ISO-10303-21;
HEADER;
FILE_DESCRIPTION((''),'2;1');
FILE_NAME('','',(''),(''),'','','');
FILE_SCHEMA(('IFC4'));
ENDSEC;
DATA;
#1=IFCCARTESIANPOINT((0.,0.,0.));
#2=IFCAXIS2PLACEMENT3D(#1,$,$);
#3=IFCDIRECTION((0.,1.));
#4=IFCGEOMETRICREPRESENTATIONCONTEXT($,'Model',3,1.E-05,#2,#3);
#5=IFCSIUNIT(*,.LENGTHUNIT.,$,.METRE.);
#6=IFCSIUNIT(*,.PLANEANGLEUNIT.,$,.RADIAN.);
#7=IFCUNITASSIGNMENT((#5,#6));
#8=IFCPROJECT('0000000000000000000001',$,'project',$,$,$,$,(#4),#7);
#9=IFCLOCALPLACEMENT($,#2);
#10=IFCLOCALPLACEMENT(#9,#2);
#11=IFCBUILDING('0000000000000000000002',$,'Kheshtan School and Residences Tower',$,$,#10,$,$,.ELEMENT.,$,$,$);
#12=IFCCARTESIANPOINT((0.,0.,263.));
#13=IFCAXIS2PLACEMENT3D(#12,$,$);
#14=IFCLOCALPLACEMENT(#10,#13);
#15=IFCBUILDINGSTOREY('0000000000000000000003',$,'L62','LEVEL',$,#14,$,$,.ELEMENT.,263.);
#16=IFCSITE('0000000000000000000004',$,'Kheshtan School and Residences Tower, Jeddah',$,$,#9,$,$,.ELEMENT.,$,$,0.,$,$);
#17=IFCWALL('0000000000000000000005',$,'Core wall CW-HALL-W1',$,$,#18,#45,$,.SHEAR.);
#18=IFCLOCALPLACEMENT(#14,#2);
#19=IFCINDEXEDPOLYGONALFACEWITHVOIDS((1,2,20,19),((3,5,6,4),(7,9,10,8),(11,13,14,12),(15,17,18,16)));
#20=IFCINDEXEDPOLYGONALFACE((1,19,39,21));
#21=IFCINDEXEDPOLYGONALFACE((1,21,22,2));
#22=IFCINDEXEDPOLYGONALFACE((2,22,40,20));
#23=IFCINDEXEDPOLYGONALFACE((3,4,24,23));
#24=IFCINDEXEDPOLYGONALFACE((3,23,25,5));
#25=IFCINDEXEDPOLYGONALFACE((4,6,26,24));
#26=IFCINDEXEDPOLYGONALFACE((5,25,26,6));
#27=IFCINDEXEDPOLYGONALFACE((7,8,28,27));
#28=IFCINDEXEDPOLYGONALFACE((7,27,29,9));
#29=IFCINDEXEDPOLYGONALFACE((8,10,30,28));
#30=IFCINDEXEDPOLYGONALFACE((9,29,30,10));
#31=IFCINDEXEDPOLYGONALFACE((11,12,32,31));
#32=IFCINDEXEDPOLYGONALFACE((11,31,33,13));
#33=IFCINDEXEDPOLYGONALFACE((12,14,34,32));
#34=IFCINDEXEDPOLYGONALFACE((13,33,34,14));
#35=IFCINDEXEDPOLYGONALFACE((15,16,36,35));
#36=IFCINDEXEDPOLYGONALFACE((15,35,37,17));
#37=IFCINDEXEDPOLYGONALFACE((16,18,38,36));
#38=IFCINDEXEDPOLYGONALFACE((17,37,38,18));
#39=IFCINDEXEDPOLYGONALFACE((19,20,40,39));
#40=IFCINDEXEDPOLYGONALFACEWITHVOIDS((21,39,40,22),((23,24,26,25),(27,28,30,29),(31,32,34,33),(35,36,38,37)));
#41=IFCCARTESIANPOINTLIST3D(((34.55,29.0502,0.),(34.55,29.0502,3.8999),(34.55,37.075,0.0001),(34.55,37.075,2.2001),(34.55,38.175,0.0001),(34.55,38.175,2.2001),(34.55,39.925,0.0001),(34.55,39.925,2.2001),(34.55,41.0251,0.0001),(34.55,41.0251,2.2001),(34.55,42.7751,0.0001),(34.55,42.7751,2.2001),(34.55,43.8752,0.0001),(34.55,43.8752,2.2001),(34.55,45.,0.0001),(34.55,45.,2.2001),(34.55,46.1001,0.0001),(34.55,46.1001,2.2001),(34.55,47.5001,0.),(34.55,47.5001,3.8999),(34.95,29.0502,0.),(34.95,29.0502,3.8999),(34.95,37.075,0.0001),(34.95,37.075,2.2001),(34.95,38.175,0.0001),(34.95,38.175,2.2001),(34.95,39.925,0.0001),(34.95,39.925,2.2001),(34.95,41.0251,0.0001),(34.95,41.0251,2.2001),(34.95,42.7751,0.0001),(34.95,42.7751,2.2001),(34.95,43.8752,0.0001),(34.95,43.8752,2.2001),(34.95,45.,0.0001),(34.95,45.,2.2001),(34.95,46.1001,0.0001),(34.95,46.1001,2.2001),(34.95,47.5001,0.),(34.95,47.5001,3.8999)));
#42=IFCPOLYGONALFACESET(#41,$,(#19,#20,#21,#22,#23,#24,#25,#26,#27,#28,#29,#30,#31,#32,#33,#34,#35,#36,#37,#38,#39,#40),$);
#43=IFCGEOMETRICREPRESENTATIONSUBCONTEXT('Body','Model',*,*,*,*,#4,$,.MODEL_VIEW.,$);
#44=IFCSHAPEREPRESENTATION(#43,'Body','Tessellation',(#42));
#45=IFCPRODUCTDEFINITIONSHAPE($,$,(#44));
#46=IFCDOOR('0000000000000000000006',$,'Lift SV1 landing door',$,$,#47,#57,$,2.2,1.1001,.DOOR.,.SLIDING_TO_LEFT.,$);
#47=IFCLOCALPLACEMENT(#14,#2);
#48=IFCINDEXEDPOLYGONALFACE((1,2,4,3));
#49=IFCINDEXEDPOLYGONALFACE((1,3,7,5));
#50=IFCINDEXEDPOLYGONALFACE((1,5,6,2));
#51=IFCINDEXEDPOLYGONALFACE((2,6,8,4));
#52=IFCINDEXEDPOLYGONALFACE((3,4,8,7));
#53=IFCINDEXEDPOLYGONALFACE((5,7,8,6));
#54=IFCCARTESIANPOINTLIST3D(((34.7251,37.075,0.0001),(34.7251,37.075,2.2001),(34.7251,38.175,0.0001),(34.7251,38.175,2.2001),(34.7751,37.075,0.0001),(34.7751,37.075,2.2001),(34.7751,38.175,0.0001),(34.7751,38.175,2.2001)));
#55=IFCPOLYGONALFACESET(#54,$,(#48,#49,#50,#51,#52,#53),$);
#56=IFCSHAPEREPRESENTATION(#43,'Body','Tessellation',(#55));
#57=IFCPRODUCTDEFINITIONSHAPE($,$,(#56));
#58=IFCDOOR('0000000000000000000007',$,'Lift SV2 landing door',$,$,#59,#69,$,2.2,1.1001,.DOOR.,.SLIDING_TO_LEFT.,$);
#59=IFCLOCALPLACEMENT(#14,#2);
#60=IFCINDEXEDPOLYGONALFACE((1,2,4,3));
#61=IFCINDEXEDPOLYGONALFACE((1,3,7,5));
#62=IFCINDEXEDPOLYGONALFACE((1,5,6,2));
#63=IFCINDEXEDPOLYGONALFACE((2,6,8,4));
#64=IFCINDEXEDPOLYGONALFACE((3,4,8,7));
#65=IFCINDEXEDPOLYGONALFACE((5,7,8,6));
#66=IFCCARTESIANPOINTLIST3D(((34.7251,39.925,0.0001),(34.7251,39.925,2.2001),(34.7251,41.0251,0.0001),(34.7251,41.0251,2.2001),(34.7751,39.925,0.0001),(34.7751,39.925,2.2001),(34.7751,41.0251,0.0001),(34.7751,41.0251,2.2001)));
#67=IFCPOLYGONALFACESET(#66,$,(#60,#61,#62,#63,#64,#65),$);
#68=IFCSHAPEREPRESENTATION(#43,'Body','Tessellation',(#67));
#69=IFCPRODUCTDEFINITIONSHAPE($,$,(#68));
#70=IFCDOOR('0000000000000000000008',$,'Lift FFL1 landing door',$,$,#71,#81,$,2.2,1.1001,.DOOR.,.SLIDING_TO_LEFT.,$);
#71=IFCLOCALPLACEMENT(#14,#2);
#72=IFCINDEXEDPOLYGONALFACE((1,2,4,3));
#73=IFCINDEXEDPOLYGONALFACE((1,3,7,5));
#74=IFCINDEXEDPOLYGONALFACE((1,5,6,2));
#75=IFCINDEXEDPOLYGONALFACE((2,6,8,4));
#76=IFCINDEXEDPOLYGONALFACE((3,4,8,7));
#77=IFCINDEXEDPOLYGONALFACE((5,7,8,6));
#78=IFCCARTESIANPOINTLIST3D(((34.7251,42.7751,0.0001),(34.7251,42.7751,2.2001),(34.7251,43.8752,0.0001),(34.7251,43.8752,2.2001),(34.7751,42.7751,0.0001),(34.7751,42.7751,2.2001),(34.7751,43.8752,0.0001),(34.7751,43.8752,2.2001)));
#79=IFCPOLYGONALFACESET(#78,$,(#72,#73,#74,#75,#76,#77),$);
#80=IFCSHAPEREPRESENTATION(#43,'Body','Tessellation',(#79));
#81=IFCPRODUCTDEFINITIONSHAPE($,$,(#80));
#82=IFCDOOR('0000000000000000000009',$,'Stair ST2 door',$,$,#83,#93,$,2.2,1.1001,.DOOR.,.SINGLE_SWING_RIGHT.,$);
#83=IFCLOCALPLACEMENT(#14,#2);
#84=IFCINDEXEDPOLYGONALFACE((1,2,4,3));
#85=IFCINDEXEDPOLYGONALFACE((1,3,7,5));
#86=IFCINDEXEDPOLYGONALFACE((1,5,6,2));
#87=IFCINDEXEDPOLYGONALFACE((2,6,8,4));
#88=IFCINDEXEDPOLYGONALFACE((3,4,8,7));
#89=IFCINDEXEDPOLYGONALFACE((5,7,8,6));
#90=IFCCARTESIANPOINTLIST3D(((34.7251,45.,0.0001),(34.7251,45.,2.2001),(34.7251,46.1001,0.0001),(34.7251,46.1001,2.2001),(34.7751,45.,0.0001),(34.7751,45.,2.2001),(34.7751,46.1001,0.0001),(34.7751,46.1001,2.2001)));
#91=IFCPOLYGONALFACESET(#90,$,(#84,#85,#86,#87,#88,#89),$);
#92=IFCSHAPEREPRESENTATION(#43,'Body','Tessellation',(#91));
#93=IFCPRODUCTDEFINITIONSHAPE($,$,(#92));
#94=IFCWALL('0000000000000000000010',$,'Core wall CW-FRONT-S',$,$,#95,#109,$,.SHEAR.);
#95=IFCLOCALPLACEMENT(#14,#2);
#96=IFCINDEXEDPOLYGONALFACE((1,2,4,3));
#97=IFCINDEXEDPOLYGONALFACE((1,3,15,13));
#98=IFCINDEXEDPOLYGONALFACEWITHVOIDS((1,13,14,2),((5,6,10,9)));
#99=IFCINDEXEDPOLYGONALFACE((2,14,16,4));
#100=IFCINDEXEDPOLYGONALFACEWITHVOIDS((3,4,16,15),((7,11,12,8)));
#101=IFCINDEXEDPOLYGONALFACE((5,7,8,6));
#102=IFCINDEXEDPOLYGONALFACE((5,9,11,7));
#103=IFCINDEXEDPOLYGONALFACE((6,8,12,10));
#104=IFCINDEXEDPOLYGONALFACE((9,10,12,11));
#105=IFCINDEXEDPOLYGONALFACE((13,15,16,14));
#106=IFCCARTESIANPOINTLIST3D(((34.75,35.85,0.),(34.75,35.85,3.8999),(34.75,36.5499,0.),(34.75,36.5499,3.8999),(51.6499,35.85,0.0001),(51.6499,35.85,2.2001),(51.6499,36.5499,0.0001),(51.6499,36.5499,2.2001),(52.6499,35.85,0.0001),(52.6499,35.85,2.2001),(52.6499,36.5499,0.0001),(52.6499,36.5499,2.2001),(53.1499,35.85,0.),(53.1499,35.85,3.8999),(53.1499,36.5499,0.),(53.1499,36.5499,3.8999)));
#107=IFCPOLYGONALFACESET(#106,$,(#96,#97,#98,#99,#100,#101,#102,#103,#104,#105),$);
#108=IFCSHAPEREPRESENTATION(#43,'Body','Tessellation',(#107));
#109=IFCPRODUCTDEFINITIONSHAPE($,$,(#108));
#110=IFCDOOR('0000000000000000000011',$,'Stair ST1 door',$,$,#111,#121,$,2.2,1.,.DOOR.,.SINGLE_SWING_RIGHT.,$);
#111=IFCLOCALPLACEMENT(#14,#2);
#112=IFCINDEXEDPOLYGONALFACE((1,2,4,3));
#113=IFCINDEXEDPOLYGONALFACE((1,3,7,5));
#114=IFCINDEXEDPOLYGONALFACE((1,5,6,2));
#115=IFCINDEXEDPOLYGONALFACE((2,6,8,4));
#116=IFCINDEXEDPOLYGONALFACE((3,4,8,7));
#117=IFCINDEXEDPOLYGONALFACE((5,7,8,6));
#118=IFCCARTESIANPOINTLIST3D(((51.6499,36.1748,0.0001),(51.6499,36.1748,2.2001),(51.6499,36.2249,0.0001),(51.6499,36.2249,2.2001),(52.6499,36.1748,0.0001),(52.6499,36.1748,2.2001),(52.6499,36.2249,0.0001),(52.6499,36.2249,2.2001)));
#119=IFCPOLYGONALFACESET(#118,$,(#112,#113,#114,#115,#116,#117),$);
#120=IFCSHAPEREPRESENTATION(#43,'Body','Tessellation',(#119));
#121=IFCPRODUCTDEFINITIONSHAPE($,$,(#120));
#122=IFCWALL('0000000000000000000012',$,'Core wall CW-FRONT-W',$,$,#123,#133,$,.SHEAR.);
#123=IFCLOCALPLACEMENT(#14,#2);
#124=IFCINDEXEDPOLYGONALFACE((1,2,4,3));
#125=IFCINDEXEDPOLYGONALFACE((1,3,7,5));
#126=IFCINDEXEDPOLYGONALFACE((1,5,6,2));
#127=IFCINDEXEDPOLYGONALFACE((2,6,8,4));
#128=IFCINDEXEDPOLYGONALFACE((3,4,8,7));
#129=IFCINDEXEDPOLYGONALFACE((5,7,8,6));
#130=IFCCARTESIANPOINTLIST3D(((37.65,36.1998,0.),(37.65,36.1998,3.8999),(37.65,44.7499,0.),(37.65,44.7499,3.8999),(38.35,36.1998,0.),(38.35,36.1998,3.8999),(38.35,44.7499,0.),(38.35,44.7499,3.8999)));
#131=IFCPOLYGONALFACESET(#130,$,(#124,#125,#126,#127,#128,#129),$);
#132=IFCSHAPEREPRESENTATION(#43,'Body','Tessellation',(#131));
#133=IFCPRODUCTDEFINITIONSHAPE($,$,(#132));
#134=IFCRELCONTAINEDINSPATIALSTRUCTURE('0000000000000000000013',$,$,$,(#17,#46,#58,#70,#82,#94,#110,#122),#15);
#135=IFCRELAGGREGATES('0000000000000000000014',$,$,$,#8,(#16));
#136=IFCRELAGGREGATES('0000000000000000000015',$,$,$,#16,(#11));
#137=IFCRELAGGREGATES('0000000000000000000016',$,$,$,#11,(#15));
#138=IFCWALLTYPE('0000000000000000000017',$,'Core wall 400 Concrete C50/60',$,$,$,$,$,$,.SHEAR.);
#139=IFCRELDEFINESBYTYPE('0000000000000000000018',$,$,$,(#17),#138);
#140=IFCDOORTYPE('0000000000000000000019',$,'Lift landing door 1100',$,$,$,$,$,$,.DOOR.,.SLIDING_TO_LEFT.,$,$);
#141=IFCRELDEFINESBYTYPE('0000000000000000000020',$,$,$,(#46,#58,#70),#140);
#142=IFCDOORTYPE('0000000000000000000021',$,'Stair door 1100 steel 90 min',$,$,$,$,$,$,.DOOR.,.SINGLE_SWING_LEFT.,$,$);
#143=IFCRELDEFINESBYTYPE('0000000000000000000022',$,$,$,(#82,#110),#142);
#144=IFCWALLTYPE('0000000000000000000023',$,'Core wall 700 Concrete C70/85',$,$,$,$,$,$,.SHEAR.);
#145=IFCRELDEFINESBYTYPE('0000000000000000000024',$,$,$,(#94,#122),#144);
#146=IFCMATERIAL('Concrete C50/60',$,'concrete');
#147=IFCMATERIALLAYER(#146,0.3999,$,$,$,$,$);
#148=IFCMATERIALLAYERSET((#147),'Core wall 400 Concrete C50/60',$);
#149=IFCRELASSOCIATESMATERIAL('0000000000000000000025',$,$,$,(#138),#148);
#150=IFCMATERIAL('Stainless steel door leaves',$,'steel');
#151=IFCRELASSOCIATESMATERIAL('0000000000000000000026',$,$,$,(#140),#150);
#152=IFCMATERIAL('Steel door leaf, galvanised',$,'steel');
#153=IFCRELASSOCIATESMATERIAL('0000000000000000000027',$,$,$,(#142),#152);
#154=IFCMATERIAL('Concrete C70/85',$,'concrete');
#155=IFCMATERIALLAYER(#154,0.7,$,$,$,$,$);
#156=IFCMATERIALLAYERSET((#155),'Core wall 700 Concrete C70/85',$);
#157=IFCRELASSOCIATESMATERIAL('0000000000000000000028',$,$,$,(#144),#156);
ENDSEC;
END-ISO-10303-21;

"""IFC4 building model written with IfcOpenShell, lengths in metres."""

from ifc_helpers import new_model, si_unit, direction, frame, frame_2d, origin, place, context, subcontext, project, spatial, rectangle, extrude, source, transform, mapped, material, layer, layer_set, type_object, element, fill, save


model = new_model("IFC4")

# Units and contexts
model_context = context("Model", 3, precision=1e-05, world=origin(), true_north=direction((0.0, 1.0)))
body_context = subcontext(model_context, "Body", "Model", "MODEL_VIEW")
ifc_project = project(units=[si_unit("LENGTHUNIT", "METRE"), si_unit("PLANEANGLEUNIT", "RADIAN")], contexts=[model_context])

# Site, building, storey
site_placement = place(None, origin())
site = spatial("IfcSite", under=ifc_project, at=site_placement, Name="Kheshtan School and Residences Tower, Jeddah", CompositionType="ELEMENT", RefElevation=0.0)
building_placement = place(site_placement, origin())
building = spatial("IfcBuilding", under=site, at=building_placement, Name="Kheshtan School and Residences Tower", CompositionType="ELEMENT")
storey_placement = place(building_placement, frame((0.0, 0.0, 263.0)))
storey = spatial("IfcBuildingStorey", under=building, at=storey_placement, Name="L62", Description="LEVEL", CompositionType="ELEMENT", Elevation=263.0)

# Shared definitions
ifc_material_1 = material(Name="Concrete C50/60", Category="concrete")
ifc_layer_1 = layer(ifc_material_1, 0.3999)
ifc_layer_set_1 = layer_set([ifc_layer_1], Name="Core wall 400 Concrete C50/60")
wall_type_1 = type_object("IfcWallType", Name="Core wall 400 Concrete C50/60", PredefinedType="SHEAR", material=ifc_layer_set_1)
ifc_material_2 = material(Name="Stainless steel door leaves", Category="steel")
door_type_1 = type_object("IfcDoorType", Name="Lift landing door 1100", OperationType="SLIDING_TO_LEFT", PredefinedType="DOOR", material=ifc_material_2)
shared_shape_1 = source(origin(), body_context, "Body", "SweptSolid", [
    extrude(rectangle(XDim=1.1001, YDim=2.2, at=frame_2d((0.55, 1.1001))), frame((0.0, 0.0249, 0.0), z_axis=(0.0, -1.0, 0.0), x_axis=(1.0, 0.0, 0.0)), (0.0, 0.0, 1.0), 0.05),
])

# Wall, openings, doors
wall_1_placement = place(storey_placement, frame((34.75, 29.05, 0.0), z_axis=(0.0, 0.0, 1.0), x_axis=(0.0, 1.0, 0.0)))
wall_1 = element("IfcWall", 1, at=wall_1_placement, inside=storey, type_object=wall_type_1, Name="Core wall CW-HALL-W1", PredefinedType="SHEAR", context=body_context, shape_type="SweptSolid", body=[
    extrude(rectangle(XDim=18.45, YDim=0.3999, at=frame_2d((9.2251, 0.0))), origin(), (0.0, 0.0, 1.0), 3.8999),
])
opening_1_placement = place(wall_1_placement, frame((8.0249, 0.0, 0.0)))
opening_1 = element("IfcOpeningElement", 2, at=opening_1_placement, cuts=wall_1, PredefinedType="OPENING", context=body_context, shape_type="SweptSolid", body=[
    extrude(rectangle(XDim=1.1001, YDim=2.2, at=frame_2d((0.55, 1.1001))), frame((0.0, 0.21, 0.0), z_axis=(0.0, -1.0, 0.0), x_axis=(1.0, 0.0, 0.0)), (0.0, 0.0, 1.0), 0.4199),
])
opening_2_placement = place(wall_1_placement, frame((10.875, 0.0, 0.0)))
opening_2 = element("IfcOpeningElement", 3, at=opening_2_placement, cuts=wall_1, PredefinedType="OPENING", context=body_context, shape_type="SweptSolid", body=[
    extrude(rectangle(XDim=1.1001, YDim=2.2, at=frame_2d((0.55, 1.1001))), frame((0.0, 0.21, 0.0), z_axis=(0.0, -1.0, 0.0), x_axis=(1.0, 0.0, 0.0)), (0.0, 0.0, 1.0), 0.4199),
])
opening_3_placement = place(wall_1_placement, frame((13.7251, 0.0, 0.0)))
opening_3 = element("IfcOpeningElement", 4, at=opening_3_placement, cuts=wall_1, PredefinedType="OPENING", context=body_context, shape_type="SweptSolid", body=[
    extrude(rectangle(XDim=1.1001, YDim=2.2, at=frame_2d((0.55, 1.1001))), frame((0.0, 0.21, 0.0), z_axis=(0.0, -1.0, 0.0), x_axis=(1.0, 0.0, 0.0)), (0.0, 0.0, 1.0), 0.4199),
])
opening_4_placement = place(wall_1_placement, frame((15.95, 0.0, 0.0)))
opening_4 = element("IfcOpeningElement", 5, at=opening_4_placement, cuts=wall_1, PredefinedType="OPENING", context=body_context, shape_type="SweptSolid", body=[
    extrude(rectangle(XDim=1.1001, YDim=2.2, at=frame_2d((0.55, 1.1001))), frame((0.0, 0.21, 0.0), z_axis=(0.0, -1.0, 0.0), x_axis=(1.0, 0.0, 0.0)), (0.0, 0.0, 1.0), 0.4199),
])
door_1_placement = place(opening_1_placement, origin())
door_1 = element("IfcDoor", 6, at=door_1_placement, inside=storey, type_object=door_type_1, Name="Lift SV1 landing door", OperationType="SLIDING_TO_LEFT", OverallHeight=2.2, OverallWidth=1.1001, PredefinedType="DOOR", context=body_context, shape_type="MappedRepresentation", body=[
    mapped(shared_shape_1, transform((0.0, 0.0, 0.0), x_axis=(1.0, 0.0, 0.0), y_axis=(0.0, 1.0, 0.0), z_axis=(0.0, 0.0, 1.0), scale=1.0)),
])
fill(opening_1, door_1)
door_2_placement = place(opening_2_placement, origin())
door_2 = element("IfcDoor", 7, at=door_2_placement, inside=storey, type_object=door_type_1, Name="Lift SV2 landing door", OperationType="SLIDING_TO_LEFT", OverallHeight=2.2, OverallWidth=1.1001, PredefinedType="DOOR", context=body_context, shape_type="MappedRepresentation", body=[
    mapped(shared_shape_1, transform((0.0, 0.0, 0.0), x_axis=(1.0, 0.0, 0.0), y_axis=(0.0, 1.0, 0.0), z_axis=(0.0, 0.0, 1.0), scale=1.0)),
])
fill(opening_2, door_2)
door_3_placement = place(opening_3_placement, origin())
door_3 = element("IfcDoor", 8, at=door_3_placement, inside=storey, type_object=door_type_1, Name="Lift FFL1 landing door", OperationType="SLIDING_TO_LEFT", OverallHeight=2.2, OverallWidth=1.1001, PredefinedType="DOOR", context=body_context, shape_type="MappedRepresentation", body=[
    mapped(shared_shape_1, transform((0.0, 0.0, 0.0), x_axis=(1.0, 0.0, 0.0), y_axis=(0.0, 1.0, 0.0), z_axis=(0.0, 0.0, 1.0), scale=1.0)),
])
fill(opening_3, door_3)
ifc_material_3 = material(Name="Steel door leaf, galvanised", Category="steel")
door_type_2 = type_object("IfcDoorType", Name="Stair door 1100 steel 90 min", OperationType="SINGLE_SWING_LEFT", PredefinedType="DOOR", material=ifc_material_3)
shared_shape_2 = source(origin(), body_context, "Body", "SweptSolid", [
    extrude(rectangle(XDim=1.1001, YDim=2.2, at=frame_2d((0.55, 1.1001))), frame((0.0, 0.0249, 0.0), z_axis=(0.0, -1.0, 0.0), x_axis=(1.0, 0.0, 0.0)), (0.0, 0.0, 1.0), 0.05),
])
door_4_placement = place(opening_4_placement, origin())
door_4 = element("IfcDoor", 9, at=door_4_placement, inside=storey, type_object=door_type_2, Name="Stair ST2 door", OperationType="SINGLE_SWING_RIGHT", OverallHeight=2.2, OverallWidth=1.1001, PredefinedType="DOOR", context=body_context, shape_type="MappedRepresentation", body=[
    mapped(shared_shape_2, transform((0.0, 0.0, 0.0), x_axis=(1.0, 0.0, 0.0), y_axis=(0.0, 1.0, 0.0), z_axis=(0.0, 0.0, 1.0), scale=1.0)),
])
fill(opening_4, door_4)

# Wall, opening, door
ifc_material_4 = material(Name="Concrete C70/85", Category="concrete")
ifc_layer_2 = layer(ifc_material_4, 0.7)
ifc_layer_set_2 = layer_set([ifc_layer_2], Name="Core wall 700 Concrete C70/85")
wall_type_2 = type_object("IfcWallType", Name="Core wall 700 Concrete C70/85", PredefinedType="SHEAR", material=ifc_layer_set_2)
wall_2_placement = place(storey_placement, frame((34.75, 36.2, 0.0), z_axis=(0.0, 0.0, 1.0), x_axis=(1.0, 0.0, 0.0)))
wall_2 = element("IfcWall", 10, at=wall_2_placement, inside=storey, type_object=wall_type_2, Name="Core wall CW-FRONT-S", PredefinedType="SHEAR", context=body_context, shape_type="SweptSolid", body=[
    extrude(rectangle(XDim=18.3999, YDim=0.7, at=frame_2d((9.2, 0.0))), origin(), (0.0, 0.0, 1.0), 3.8999),
])
opening_5_placement = place(wall_2_placement, frame((16.8999, 0.0, 0.0)))
opening_5 = element("IfcOpeningElement", 11, at=opening_5_placement, cuts=wall_2, PredefinedType="OPENING", context=body_context, shape_type="SweptSolid", body=[
    extrude(rectangle(XDim=1.0, YDim=2.2, at=frame_2d((0.5, 1.1001))), frame((0.0, 0.3599, 0.0), z_axis=(0.0, -1.0, 0.0), x_axis=(1.0, 0.0, 0.0)), (0.0, 0.0, 1.0), 0.72),
])
shared_shape_3 = source(origin(), body_context, "Body", "SweptSolid", [
    extrude(rectangle(XDim=1.0, YDim=2.2, at=frame_2d((0.5, 1.1001))), frame((0.0, 0.0249, 0.0), z_axis=(0.0, -1.0, 0.0), x_axis=(1.0, 0.0, 0.0)), (0.0, 0.0, 1.0), 0.05),
])
door_5_placement = place(opening_5_placement, origin())
door_5 = element("IfcDoor", 12, at=door_5_placement, inside=storey, type_object=door_type_2, Name="Stair ST1 door", OperationType="SINGLE_SWING_RIGHT", OverallHeight=2.2, OverallWidth=1.0, PredefinedType="DOOR", context=body_context, shape_type="MappedRepresentation", body=[
    mapped(shared_shape_3, transform((0.0, 0.0, 0.0), x_axis=(1.0, 0.0, 0.0), y_axis=(0.0, 1.0, 0.0), z_axis=(0.0, 0.0, 1.0), scale=1.0)),
])
fill(opening_5, door_5)

# Wall
wall_3_placement = place(storey_placement, frame((38.0, 36.2, 0.0), z_axis=(0.0, 0.0, 1.0), x_axis=(0.0, 1.0, 0.0)))
element("IfcWall", 13, at=wall_3_placement, inside=storey, type_object=wall_type_2, Name="Core wall CW-FRONT-W", PredefinedType="SHEAR", context=body_context, shape_type="SweptSolid", body=[
    extrude(rectangle(XDim=8.55, YDim=0.7, at=frame_2d((4.2749, 0.0))), origin(), (0.0, 0.0, 1.0), 3.8999),
])

save(model, "model.ifc")
